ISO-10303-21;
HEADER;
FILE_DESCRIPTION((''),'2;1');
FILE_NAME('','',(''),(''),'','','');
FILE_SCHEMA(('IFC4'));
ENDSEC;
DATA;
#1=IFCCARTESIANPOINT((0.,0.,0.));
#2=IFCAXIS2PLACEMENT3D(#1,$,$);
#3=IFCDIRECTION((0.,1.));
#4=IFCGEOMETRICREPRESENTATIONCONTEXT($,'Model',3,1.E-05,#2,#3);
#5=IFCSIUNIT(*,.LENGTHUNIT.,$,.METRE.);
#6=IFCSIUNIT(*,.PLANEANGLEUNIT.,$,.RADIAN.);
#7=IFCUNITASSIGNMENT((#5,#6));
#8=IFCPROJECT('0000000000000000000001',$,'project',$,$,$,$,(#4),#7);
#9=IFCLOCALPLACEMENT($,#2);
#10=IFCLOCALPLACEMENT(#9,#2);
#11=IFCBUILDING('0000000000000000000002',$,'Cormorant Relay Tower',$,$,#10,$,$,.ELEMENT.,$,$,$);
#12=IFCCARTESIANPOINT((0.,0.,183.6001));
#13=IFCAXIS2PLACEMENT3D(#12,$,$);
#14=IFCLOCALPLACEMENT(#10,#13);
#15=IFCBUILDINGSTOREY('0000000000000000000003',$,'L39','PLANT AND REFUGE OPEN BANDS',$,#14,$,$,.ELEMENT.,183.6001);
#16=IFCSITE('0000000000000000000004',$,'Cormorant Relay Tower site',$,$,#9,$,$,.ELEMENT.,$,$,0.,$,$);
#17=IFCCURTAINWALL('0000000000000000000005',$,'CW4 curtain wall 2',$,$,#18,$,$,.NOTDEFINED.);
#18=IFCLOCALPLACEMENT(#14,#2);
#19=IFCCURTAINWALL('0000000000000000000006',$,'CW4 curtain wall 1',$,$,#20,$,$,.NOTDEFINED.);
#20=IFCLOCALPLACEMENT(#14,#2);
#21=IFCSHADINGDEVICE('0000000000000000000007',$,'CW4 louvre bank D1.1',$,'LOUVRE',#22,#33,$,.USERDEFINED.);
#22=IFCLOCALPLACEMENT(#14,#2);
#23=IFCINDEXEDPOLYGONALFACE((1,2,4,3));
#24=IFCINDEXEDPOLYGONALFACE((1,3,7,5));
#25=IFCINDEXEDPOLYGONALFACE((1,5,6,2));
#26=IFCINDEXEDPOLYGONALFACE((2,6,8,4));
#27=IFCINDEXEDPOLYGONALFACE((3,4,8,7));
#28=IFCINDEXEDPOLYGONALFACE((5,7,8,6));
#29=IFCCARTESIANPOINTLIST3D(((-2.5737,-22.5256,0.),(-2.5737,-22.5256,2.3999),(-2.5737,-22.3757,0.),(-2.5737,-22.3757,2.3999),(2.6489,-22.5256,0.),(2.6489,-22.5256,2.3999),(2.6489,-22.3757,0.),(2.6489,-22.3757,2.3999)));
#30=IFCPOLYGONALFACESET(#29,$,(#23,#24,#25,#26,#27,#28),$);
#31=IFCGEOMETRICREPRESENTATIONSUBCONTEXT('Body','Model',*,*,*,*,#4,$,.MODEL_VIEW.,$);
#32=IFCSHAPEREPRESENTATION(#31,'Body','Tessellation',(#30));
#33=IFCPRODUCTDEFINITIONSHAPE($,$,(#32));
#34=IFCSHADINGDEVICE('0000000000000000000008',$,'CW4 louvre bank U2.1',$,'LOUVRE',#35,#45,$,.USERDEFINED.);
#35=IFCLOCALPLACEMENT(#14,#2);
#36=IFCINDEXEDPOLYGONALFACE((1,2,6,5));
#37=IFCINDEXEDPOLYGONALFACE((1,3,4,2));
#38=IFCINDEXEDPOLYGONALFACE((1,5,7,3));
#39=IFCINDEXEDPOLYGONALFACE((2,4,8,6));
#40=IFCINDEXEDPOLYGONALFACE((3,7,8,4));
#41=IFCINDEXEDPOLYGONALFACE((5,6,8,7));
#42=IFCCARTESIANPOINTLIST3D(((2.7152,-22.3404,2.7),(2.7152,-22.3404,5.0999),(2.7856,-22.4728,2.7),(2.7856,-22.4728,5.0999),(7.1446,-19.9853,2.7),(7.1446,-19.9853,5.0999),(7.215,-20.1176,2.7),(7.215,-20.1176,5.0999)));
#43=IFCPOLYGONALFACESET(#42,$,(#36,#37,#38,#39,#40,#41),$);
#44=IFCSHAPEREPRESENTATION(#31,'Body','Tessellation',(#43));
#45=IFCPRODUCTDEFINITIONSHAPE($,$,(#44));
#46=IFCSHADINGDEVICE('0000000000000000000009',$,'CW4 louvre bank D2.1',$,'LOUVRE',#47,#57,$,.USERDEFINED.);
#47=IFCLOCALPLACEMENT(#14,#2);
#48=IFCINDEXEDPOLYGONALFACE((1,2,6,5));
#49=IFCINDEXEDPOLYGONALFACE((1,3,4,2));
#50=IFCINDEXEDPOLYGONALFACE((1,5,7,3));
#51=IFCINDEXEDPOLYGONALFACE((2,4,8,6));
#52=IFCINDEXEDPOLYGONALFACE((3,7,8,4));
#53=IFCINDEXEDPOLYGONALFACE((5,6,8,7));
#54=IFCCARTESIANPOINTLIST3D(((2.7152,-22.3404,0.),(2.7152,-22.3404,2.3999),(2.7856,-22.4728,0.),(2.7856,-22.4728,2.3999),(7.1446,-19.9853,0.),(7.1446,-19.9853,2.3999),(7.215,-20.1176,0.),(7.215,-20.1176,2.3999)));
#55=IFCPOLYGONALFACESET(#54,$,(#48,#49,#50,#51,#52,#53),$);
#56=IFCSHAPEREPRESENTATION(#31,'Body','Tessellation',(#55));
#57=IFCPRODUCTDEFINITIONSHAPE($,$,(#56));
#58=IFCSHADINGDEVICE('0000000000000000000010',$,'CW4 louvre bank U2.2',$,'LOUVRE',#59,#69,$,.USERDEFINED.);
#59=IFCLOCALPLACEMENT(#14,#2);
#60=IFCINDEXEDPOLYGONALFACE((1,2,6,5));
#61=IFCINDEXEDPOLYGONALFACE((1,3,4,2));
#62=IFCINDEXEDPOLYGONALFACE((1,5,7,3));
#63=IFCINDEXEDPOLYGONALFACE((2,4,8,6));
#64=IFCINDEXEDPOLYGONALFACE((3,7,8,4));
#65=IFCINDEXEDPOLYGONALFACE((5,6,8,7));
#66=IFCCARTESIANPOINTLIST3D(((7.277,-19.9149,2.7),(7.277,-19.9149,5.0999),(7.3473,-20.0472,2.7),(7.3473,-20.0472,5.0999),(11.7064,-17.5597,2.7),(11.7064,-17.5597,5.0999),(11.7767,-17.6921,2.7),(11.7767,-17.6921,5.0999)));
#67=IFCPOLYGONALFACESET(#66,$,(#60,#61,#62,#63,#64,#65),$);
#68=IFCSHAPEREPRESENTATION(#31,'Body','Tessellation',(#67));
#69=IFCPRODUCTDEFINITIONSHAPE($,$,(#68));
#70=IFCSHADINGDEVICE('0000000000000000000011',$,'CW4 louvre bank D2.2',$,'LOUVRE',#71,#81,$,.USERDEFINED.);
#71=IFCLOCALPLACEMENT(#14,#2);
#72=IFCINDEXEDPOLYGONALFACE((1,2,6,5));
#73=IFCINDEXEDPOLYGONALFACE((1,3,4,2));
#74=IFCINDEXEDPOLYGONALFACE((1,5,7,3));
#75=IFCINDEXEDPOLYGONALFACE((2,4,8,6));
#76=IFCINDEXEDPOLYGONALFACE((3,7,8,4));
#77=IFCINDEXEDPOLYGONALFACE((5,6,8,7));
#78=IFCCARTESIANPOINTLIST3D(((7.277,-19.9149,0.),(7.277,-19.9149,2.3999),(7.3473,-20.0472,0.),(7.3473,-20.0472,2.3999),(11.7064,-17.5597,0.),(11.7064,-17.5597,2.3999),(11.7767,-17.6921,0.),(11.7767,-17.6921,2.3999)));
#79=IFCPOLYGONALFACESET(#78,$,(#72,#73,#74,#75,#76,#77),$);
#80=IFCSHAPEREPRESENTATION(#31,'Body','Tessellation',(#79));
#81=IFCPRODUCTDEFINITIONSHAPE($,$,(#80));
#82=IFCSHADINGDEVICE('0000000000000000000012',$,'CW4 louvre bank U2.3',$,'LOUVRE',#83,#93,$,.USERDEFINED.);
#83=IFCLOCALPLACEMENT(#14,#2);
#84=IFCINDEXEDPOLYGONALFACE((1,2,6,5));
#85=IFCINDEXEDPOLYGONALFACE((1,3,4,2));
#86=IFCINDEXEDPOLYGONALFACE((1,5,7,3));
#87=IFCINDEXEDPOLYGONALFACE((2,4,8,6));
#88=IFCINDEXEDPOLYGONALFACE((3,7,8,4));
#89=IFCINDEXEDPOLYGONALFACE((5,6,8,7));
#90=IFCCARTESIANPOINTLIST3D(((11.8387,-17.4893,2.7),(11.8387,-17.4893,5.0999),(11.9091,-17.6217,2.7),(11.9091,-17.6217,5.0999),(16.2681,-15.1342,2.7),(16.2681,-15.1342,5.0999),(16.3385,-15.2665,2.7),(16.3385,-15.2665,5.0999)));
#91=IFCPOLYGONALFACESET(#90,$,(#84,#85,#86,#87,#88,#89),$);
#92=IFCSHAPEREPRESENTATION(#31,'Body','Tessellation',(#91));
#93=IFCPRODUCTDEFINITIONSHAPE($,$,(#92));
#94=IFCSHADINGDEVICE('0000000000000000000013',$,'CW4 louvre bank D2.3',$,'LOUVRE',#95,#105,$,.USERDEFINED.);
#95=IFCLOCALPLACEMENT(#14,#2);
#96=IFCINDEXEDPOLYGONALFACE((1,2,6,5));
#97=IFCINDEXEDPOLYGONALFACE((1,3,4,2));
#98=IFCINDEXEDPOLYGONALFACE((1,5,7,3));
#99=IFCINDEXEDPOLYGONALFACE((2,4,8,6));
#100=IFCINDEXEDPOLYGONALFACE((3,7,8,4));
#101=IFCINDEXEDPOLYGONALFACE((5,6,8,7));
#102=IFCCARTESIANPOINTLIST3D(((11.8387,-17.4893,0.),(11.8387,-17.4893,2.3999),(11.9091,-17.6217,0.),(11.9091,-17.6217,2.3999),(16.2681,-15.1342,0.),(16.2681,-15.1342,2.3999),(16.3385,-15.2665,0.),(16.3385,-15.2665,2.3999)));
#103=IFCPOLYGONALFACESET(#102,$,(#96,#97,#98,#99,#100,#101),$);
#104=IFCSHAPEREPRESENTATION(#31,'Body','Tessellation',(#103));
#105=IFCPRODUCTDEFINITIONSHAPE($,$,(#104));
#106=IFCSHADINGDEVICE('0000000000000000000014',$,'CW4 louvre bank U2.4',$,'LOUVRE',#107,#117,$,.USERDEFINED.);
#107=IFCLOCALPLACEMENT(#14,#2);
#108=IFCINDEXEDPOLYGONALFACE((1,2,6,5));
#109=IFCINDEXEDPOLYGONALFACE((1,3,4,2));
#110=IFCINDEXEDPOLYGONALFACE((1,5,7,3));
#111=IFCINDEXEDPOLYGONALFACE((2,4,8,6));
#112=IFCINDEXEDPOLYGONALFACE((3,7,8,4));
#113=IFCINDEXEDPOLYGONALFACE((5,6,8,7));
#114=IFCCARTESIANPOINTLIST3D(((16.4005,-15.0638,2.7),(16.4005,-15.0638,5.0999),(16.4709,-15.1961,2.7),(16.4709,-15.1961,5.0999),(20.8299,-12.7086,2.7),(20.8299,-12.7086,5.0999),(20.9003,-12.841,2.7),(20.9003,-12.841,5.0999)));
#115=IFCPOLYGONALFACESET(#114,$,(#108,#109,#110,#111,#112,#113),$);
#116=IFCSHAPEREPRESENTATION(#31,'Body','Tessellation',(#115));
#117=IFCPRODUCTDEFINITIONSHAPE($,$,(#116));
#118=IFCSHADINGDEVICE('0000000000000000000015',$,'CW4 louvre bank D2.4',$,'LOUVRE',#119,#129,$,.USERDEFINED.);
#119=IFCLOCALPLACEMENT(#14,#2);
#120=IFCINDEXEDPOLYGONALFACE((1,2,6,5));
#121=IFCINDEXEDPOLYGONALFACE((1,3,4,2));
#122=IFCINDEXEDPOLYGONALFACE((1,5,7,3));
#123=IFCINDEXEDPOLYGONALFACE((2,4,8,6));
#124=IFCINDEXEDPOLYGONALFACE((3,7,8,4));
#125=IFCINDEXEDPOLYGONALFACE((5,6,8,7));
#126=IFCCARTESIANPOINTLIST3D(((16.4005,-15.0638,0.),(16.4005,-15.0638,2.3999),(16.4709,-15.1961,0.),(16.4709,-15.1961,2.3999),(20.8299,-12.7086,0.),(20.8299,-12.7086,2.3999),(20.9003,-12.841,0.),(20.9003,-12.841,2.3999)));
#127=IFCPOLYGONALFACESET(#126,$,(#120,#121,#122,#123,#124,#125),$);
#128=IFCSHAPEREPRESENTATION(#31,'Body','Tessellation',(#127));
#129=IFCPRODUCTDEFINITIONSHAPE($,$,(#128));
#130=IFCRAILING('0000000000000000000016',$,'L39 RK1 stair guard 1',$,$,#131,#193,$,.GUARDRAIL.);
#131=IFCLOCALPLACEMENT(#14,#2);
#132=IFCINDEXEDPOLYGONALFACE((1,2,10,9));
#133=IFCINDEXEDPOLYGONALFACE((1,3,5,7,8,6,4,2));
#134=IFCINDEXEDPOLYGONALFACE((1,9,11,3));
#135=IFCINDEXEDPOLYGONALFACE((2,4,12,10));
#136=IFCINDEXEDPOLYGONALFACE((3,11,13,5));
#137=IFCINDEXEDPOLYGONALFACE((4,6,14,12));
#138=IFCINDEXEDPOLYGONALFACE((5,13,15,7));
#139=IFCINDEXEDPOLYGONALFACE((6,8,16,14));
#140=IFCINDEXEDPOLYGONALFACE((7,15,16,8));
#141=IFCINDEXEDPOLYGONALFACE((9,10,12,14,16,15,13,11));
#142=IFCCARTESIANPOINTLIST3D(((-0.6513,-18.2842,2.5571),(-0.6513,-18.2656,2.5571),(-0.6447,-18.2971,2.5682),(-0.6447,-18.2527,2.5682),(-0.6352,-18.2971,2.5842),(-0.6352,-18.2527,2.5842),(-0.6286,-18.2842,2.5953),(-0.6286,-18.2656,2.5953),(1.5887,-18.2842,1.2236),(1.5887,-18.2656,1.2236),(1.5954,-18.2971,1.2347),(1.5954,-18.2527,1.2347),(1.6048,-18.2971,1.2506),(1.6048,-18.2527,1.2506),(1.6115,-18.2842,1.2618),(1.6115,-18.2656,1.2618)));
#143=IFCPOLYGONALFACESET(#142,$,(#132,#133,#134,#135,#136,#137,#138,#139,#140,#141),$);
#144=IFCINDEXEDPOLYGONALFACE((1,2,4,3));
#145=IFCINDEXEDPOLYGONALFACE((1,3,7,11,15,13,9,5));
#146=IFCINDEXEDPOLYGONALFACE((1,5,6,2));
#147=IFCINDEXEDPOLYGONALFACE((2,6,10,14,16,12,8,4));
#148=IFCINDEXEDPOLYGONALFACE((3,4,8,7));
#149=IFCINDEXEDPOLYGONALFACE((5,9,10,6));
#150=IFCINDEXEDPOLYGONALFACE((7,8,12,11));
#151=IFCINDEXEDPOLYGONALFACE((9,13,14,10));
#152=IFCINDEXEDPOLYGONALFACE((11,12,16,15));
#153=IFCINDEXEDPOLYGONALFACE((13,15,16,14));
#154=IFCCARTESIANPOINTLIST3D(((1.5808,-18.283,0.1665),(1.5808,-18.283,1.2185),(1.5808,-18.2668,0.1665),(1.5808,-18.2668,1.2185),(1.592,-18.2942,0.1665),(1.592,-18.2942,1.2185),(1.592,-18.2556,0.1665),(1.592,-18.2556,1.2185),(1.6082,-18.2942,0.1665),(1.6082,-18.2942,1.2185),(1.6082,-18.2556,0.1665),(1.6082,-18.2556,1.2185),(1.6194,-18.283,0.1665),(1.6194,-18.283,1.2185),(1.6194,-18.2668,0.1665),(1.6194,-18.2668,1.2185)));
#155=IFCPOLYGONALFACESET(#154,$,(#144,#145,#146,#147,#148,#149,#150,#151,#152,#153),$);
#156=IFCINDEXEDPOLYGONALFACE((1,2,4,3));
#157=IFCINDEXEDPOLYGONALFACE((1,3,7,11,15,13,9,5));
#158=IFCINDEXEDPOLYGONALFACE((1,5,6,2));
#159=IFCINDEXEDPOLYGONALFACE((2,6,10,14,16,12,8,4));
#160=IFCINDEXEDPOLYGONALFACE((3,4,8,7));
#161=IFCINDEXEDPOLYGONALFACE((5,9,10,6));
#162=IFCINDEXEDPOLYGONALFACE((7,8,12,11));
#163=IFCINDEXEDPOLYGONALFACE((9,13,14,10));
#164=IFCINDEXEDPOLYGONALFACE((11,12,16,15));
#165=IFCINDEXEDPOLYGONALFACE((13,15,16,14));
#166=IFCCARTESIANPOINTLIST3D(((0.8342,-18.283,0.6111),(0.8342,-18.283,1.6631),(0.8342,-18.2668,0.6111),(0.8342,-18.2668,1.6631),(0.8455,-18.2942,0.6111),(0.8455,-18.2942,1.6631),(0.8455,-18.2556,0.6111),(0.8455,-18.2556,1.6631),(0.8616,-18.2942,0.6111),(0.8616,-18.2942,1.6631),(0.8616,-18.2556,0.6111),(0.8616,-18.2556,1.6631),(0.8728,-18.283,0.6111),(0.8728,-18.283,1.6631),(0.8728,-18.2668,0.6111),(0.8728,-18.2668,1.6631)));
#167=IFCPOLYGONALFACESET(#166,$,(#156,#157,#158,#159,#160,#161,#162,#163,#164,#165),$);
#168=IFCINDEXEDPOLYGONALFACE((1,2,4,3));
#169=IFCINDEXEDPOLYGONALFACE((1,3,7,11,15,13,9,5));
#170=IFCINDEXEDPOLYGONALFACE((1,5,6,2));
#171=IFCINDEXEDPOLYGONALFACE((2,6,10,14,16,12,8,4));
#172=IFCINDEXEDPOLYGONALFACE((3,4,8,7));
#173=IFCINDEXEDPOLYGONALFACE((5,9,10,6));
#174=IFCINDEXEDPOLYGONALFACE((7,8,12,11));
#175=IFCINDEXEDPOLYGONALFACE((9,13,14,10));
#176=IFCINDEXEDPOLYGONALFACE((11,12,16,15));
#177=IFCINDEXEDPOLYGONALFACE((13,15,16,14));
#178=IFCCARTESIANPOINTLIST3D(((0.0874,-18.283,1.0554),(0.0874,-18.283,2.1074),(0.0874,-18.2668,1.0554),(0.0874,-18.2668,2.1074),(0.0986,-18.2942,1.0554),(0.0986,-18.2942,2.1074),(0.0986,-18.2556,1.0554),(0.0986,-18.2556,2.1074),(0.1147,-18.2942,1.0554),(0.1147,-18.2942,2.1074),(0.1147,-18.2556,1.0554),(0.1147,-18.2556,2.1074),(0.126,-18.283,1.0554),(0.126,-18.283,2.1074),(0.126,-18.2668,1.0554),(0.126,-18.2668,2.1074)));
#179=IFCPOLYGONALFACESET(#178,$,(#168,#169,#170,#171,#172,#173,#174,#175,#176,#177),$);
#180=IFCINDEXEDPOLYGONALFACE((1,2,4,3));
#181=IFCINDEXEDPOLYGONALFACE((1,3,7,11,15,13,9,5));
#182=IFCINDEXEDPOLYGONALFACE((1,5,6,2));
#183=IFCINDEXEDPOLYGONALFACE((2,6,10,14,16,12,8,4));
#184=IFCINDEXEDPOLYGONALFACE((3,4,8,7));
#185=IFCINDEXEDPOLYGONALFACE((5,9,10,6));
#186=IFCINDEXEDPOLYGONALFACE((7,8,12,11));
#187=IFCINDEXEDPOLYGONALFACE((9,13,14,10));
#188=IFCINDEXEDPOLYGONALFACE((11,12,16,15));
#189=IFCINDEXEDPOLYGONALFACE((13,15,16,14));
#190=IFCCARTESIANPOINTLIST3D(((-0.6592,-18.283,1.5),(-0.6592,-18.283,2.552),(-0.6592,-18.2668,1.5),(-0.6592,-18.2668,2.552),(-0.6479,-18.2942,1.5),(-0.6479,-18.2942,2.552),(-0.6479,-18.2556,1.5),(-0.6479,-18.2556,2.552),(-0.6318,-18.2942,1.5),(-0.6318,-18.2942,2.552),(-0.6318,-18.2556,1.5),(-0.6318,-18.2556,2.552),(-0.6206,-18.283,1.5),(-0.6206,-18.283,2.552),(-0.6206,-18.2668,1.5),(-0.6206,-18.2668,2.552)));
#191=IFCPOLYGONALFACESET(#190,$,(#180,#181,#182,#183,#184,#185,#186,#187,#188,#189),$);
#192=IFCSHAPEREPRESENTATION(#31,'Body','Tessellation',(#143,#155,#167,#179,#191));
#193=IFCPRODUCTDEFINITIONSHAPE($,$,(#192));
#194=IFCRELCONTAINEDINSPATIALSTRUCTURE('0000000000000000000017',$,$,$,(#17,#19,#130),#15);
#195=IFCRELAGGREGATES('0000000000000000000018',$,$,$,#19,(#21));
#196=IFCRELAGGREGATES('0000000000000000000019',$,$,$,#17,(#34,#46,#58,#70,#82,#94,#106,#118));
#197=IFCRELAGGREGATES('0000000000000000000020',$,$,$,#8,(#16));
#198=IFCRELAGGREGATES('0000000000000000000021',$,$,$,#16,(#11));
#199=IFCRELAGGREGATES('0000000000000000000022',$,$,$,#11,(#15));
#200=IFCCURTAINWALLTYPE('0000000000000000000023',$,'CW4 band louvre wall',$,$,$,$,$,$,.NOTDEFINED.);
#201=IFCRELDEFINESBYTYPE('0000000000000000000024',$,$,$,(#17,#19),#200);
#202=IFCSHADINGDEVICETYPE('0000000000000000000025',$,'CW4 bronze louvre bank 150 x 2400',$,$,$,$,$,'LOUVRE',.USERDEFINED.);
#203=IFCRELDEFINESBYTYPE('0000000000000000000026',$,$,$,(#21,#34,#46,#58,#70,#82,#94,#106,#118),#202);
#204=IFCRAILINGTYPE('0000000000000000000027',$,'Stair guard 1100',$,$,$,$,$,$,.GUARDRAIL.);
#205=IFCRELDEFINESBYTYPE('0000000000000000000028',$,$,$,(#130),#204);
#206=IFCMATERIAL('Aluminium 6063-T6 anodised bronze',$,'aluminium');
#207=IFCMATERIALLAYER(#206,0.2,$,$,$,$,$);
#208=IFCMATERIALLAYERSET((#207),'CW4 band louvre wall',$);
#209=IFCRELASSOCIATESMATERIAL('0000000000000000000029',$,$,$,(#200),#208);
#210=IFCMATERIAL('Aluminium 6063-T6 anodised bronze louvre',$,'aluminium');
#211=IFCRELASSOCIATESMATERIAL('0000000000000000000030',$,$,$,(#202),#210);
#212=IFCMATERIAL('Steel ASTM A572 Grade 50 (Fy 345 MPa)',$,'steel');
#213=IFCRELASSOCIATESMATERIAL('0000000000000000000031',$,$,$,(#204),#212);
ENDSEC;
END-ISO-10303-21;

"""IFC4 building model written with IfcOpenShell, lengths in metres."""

from ifc_helpers import new_model, si_unit, direction, frame, origin, origin_2d, place, context, subcontext, project, spatial, polyline, rectangle, outline, extrude, material, layer, layer_set, type_object, element, aggregate, save


model = new_model("IFC4")

# Units and contexts
model_context = context("Model", 3, precision=1e-05, world=origin(), true_north=direction((0.0, 1.0)))
body_context = subcontext(model_context, "Body", "Model", "MODEL_VIEW")
ifc_project = project(units=[si_unit("LENGTHUNIT", "METRE"), si_unit("PLANEANGLEUNIT", "RADIAN")], contexts=[model_context])

# Site, building, storey
site_placement = place(None, origin())
site = spatial("IfcSite", under=ifc_project, at=site_placement, Name="Cormorant Relay Tower site", CompositionType="ELEMENT", RefElevation=0.0)
building_placement = place(site_placement, origin())
building = spatial("IfcBuilding", under=site, at=building_placement, Name="Cormorant Relay Tower", CompositionType="ELEMENT")
storey_placement = place(building_placement, frame((0.0, 0.0, 183.6001)))
storey = spatial("IfcBuildingStorey", under=building, at=storey_placement, Name="L39", Description="PLANT AND REFUGE OPEN BANDS", CompositionType="ELEMENT", Elevation=183.6001)

# Curtain wall
ifc_material_1 = material(Name="Aluminium 6063-T6 anodised bronze", Category="aluminium")
ifc_layer_1 = layer(ifc_material_1, 0.2)
ifc_layer_set_1 = layer_set([ifc_layer_1], Name="CW4 band louvre wall")
curtain_wall_type = type_object("IfcCurtainWallType", Name="CW4 band louvre wall", PredefinedType="NOTDEFINED", material=ifc_layer_set_1)
curtain_wall_1_placement = place(storey_placement, origin())
curtain_wall_1 = element("IfcCurtainWall", 1, at=curtain_wall_1_placement, inside=storey, type_object=curtain_wall_type, Name="CW4 curtain wall 2", PredefinedType="NOTDEFINED")

# Curtain wall, shading device
curtain_wall_2_placement = place(storey_placement, origin())
curtain_wall_2 = element("IfcCurtainWall", 2, at=curtain_wall_2_placement, inside=storey, type_object=curtain_wall_type, Name="CW4 curtain wall 1", PredefinedType="NOTDEFINED")
ifc_material_2 = material(Name="Aluminium 6063-T6 anodised bronze louvre", Category="aluminium")
shading_device_type = type_object("IfcShadingDeviceType", Name="CW4 bronze louvre bank 150 x 2400", ElementType="LOUVRE", PredefinedType="USERDEFINED", material=ifc_material_2)
shading_device_1_placement = place(storey_placement, frame((0.0376, -22.4507, 0.0), z_axis=(0.0, 0.0, 1.0), x_axis=(1.0, 0.0, 0.0)))
shading_device_1 = element("IfcShadingDevice", 3, at=shading_device_1_placement, type_object=shading_device_type, Name="CW4 louvre bank D1.1", ObjectType="LOUVRE", PredefinedType="USERDEFINED", context=body_context, shape_type="SweptSolid", body=[
    extrude(rectangle(XDim=5.2227, YDim=0.1499, at=origin_2d()), origin(), (0.0, 0.0, 1.0), 2.3999),
])
aggregate(curtain_wall_2, [shading_device_1])

# Shading devices
shading_device_2_placement = place(storey_placement, frame((4.9651, -21.229, 2.7), z_axis=(0.0, 0.0, 1.0), x_axis=(0.882948, 0.469472, 0.0)))
shading_device_2 = element("IfcShadingDevice", 4, at=shading_device_2_placement, type_object=shading_device_type, Name="CW4 louvre bank U2.1", ObjectType="LOUVRE", PredefinedType="USERDEFINED", context=body_context, shape_type="SweptSolid", body=[
    extrude(rectangle(XDim=5.0166, YDim=0.1499, at=origin_2d()), origin(), (0.0, 0.0, 1.0), 2.3999),
])
shading_device_3_placement = place(storey_placement, frame((4.9651, -21.229, 0.0), z_axis=(0.0, 0.0, 1.0), x_axis=(0.882948, 0.469472, 0.0)))
shading_device_3 = element("IfcShadingDevice", 5, at=shading_device_3_placement, type_object=shading_device_type, Name="CW4 louvre bank D2.1", ObjectType="LOUVRE", PredefinedType="USERDEFINED", context=body_context, shape_type="SweptSolid", body=[
    extrude(rectangle(XDim=5.0166, YDim=0.1499, at=origin_2d()), origin(), (0.0, 0.0, 1.0), 2.3999),
])
shading_device_4_placement = place(storey_placement, frame((9.5269, -18.8035, 2.7), z_axis=(0.0, 0.0, 1.0), x_axis=(0.882948, 0.469472, 0.0)))
shading_device_4 = element("IfcShadingDevice", 6, at=shading_device_4_placement, type_object=shading_device_type, Name="CW4 louvre bank U2.2", ObjectType="LOUVRE", PredefinedType="USERDEFINED", context=body_context, shape_type="SweptSolid", body=[
    extrude(rectangle(XDim=5.0166, YDim=0.1499, at=origin_2d()), origin(), (0.0, 0.0, 1.0), 2.3999),
])
shading_device_5_placement = place(storey_placement, frame((9.5269, -18.8035, 0.0), z_axis=(0.0, 0.0, 1.0), x_axis=(0.882948, 0.469472, 0.0)))
shading_device_5 = element("IfcShadingDevice", 7, at=shading_device_5_placement, type_object=shading_device_type, Name="CW4 louvre bank D2.2", ObjectType="LOUVRE", PredefinedType="USERDEFINED", context=body_context, shape_type="SweptSolid", body=[
    extrude(rectangle(XDim=5.0166, YDim=0.1499, at=origin_2d()), origin(), (0.0, 0.0, 1.0), 2.3999),
])
shading_device_6_placement = place(storey_placement, frame((14.0886, -16.3779, 2.7), z_axis=(0.0, 0.0, 1.0), x_axis=(0.882948, 0.469472, 0.0)))
shading_device_6 = element("IfcShadingDevice", 8, at=shading_device_6_placement, type_object=shading_device_type, Name="CW4 louvre bank U2.3", ObjectType="LOUVRE", PredefinedType="USERDEFINED", context=body_context, shape_type="SweptSolid", body=[
    extrude(rectangle(XDim=5.0166, YDim=0.1499, at=origin_2d()), origin(), (0.0, 0.0, 1.0), 2.3999),
])
shading_device_7_placement = place(storey_placement, frame((14.0886, -16.3779, 0.0), z_axis=(0.0, 0.0, 1.0), x_axis=(0.882948, 0.469472, 0.0)))
shading_device_7 = element("IfcShadingDevice", 9, at=shading_device_7_placement, type_object=shading_device_type, Name="CW4 louvre bank D2.3", ObjectType="LOUVRE", PredefinedType="USERDEFINED", context=body_context, shape_type="SweptSolid", body=[
    extrude(rectangle(XDim=5.0166, YDim=0.1499, at=origin_2d()), origin(), (0.0, 0.0, 1.0), 2.3999),
])
shading_device_8_placement = place(storey_placement, frame((18.6504, -13.9524, 2.7), z_axis=(0.0, 0.0, 1.0), x_axis=(0.882948, 0.469472, 0.0)))
shading_device_8 = element("IfcShadingDevice", 10, at=shading_device_8_placement, type_object=shading_device_type, Name="CW4 louvre bank U2.4", ObjectType="LOUVRE", PredefinedType="USERDEFINED", context=body_context, shape_type="SweptSolid", body=[
    extrude(rectangle(XDim=5.0166, YDim=0.1499, at=origin_2d()), origin(), (0.0, 0.0, 1.0), 2.3999),
])
shading_device_9_placement = place(storey_placement, frame((18.6504, -13.9524, 0.0), z_axis=(0.0, 0.0, 1.0), x_axis=(0.882948, 0.469472, 0.0)))
shading_device_9 = element("IfcShadingDevice", 11, at=shading_device_9_placement, type_object=shading_device_type, Name="CW4 louvre bank D2.4", ObjectType="LOUVRE", PredefinedType="USERDEFINED", context=body_context, shape_type="SweptSolid", body=[
    extrude(rectangle(XDim=5.0166, YDim=0.1499, at=origin_2d()), origin(), (0.0, 0.0, 1.0), 2.3999),
])
aggregate(curtain_wall_1, [shading_device_2, shading_device_3, shading_device_4, shading_device_5, shading_device_6, shading_device_7, shading_device_8, shading_device_9])

# Railing
ifc_material_3 = material(Name="Steel ASTM A572 Grade 50 (Fy 345 MPa)", Category="steel")
railing_type_1 = type_object("IfcRailingType", Name="Stair guard 1100", PredefinedType="GUARDRAIL", material=ifc_material_3)
railing_1_placement = place(storey_placement, frame((1.6001, -18.2749, 0.1665)))
element("IfcRailing", 12, at=railing_1_placement, inside=storey, type_object=railing_type_1, Name="L39 RK1 stair guard 1", PredefinedType="GUARDRAIL", context=body_context, shape_type="SweptSolid", body=[
    extrude(outline(polyline([(0.0222, 0.0093), (0.0093, 0.0222), (-0.0093, 0.0222), (-0.0222, 0.0093), (-0.0222, -0.0093), (-0.0093, -0.0222), (0.0093, -0.0222), (0.0222, -0.0093), (0.0222, 0.0093)])), frame((0.0, 0.0, 1.0762), z_axis=(-0.859264, 0.0, 0.511532), x_axis=(0.0, -1.0, 0.0)), (0.0, 0.0, 1.0), 2.6069),
    extrude(outline(polyline([(0.0193, 0.0081), (0.0081, 0.0193), (-0.0081, 0.0193), (-0.0193, 0.0081), (-0.0193, -0.0081), (-0.0081, -0.0193), (0.0081, -0.0193), (0.0193, -0.0081), (0.0193, 0.0081)])), origin(), (0.0, 0.0, 1.0), 1.052),
    extrude(outline(polyline([(0.0193, 0.0081), (0.0081, 0.0193), (-0.0081, 0.0193), (-0.0193, 0.0081), (-0.0193, -0.0081), (-0.0081, -0.0193), (0.0081, -0.0193), (0.0193, -0.0081), (0.0193, 0.0081)])), frame((-0.7466, 0.0, 0.4446)), (0.0, 0.0, 1.0), 1.052),
    extrude(outline(polyline([(0.0193, 0.0081), (0.0081, 0.0193), (-0.0081, 0.0193), (-0.0193, 0.0081), (-0.0193, -0.0081), (-0.0081, -0.0193), (0.0081, -0.0193), (0.0193, -0.0081), (0.0193, 0.0081)])), frame((-1.4934, 0.0, 0.8889)), (0.0, 0.0, 1.0), 1.052),
    extrude(outline(polyline([(0.0193, 0.0081), (0.0081, 0.0193), (-0.0081, 0.0193), (-0.0193, 0.0081), (-0.0193, -0.0081), (-0.0081, -0.0193), (0.0081, -0.0193), (0.0193, -0.0081), (0.0193, 0.0081)])), frame((-2.24, 0.0, 1.3335)), (0.0, 0.0, 1.0), 1.052),
])

save(model, "model.ifc")
